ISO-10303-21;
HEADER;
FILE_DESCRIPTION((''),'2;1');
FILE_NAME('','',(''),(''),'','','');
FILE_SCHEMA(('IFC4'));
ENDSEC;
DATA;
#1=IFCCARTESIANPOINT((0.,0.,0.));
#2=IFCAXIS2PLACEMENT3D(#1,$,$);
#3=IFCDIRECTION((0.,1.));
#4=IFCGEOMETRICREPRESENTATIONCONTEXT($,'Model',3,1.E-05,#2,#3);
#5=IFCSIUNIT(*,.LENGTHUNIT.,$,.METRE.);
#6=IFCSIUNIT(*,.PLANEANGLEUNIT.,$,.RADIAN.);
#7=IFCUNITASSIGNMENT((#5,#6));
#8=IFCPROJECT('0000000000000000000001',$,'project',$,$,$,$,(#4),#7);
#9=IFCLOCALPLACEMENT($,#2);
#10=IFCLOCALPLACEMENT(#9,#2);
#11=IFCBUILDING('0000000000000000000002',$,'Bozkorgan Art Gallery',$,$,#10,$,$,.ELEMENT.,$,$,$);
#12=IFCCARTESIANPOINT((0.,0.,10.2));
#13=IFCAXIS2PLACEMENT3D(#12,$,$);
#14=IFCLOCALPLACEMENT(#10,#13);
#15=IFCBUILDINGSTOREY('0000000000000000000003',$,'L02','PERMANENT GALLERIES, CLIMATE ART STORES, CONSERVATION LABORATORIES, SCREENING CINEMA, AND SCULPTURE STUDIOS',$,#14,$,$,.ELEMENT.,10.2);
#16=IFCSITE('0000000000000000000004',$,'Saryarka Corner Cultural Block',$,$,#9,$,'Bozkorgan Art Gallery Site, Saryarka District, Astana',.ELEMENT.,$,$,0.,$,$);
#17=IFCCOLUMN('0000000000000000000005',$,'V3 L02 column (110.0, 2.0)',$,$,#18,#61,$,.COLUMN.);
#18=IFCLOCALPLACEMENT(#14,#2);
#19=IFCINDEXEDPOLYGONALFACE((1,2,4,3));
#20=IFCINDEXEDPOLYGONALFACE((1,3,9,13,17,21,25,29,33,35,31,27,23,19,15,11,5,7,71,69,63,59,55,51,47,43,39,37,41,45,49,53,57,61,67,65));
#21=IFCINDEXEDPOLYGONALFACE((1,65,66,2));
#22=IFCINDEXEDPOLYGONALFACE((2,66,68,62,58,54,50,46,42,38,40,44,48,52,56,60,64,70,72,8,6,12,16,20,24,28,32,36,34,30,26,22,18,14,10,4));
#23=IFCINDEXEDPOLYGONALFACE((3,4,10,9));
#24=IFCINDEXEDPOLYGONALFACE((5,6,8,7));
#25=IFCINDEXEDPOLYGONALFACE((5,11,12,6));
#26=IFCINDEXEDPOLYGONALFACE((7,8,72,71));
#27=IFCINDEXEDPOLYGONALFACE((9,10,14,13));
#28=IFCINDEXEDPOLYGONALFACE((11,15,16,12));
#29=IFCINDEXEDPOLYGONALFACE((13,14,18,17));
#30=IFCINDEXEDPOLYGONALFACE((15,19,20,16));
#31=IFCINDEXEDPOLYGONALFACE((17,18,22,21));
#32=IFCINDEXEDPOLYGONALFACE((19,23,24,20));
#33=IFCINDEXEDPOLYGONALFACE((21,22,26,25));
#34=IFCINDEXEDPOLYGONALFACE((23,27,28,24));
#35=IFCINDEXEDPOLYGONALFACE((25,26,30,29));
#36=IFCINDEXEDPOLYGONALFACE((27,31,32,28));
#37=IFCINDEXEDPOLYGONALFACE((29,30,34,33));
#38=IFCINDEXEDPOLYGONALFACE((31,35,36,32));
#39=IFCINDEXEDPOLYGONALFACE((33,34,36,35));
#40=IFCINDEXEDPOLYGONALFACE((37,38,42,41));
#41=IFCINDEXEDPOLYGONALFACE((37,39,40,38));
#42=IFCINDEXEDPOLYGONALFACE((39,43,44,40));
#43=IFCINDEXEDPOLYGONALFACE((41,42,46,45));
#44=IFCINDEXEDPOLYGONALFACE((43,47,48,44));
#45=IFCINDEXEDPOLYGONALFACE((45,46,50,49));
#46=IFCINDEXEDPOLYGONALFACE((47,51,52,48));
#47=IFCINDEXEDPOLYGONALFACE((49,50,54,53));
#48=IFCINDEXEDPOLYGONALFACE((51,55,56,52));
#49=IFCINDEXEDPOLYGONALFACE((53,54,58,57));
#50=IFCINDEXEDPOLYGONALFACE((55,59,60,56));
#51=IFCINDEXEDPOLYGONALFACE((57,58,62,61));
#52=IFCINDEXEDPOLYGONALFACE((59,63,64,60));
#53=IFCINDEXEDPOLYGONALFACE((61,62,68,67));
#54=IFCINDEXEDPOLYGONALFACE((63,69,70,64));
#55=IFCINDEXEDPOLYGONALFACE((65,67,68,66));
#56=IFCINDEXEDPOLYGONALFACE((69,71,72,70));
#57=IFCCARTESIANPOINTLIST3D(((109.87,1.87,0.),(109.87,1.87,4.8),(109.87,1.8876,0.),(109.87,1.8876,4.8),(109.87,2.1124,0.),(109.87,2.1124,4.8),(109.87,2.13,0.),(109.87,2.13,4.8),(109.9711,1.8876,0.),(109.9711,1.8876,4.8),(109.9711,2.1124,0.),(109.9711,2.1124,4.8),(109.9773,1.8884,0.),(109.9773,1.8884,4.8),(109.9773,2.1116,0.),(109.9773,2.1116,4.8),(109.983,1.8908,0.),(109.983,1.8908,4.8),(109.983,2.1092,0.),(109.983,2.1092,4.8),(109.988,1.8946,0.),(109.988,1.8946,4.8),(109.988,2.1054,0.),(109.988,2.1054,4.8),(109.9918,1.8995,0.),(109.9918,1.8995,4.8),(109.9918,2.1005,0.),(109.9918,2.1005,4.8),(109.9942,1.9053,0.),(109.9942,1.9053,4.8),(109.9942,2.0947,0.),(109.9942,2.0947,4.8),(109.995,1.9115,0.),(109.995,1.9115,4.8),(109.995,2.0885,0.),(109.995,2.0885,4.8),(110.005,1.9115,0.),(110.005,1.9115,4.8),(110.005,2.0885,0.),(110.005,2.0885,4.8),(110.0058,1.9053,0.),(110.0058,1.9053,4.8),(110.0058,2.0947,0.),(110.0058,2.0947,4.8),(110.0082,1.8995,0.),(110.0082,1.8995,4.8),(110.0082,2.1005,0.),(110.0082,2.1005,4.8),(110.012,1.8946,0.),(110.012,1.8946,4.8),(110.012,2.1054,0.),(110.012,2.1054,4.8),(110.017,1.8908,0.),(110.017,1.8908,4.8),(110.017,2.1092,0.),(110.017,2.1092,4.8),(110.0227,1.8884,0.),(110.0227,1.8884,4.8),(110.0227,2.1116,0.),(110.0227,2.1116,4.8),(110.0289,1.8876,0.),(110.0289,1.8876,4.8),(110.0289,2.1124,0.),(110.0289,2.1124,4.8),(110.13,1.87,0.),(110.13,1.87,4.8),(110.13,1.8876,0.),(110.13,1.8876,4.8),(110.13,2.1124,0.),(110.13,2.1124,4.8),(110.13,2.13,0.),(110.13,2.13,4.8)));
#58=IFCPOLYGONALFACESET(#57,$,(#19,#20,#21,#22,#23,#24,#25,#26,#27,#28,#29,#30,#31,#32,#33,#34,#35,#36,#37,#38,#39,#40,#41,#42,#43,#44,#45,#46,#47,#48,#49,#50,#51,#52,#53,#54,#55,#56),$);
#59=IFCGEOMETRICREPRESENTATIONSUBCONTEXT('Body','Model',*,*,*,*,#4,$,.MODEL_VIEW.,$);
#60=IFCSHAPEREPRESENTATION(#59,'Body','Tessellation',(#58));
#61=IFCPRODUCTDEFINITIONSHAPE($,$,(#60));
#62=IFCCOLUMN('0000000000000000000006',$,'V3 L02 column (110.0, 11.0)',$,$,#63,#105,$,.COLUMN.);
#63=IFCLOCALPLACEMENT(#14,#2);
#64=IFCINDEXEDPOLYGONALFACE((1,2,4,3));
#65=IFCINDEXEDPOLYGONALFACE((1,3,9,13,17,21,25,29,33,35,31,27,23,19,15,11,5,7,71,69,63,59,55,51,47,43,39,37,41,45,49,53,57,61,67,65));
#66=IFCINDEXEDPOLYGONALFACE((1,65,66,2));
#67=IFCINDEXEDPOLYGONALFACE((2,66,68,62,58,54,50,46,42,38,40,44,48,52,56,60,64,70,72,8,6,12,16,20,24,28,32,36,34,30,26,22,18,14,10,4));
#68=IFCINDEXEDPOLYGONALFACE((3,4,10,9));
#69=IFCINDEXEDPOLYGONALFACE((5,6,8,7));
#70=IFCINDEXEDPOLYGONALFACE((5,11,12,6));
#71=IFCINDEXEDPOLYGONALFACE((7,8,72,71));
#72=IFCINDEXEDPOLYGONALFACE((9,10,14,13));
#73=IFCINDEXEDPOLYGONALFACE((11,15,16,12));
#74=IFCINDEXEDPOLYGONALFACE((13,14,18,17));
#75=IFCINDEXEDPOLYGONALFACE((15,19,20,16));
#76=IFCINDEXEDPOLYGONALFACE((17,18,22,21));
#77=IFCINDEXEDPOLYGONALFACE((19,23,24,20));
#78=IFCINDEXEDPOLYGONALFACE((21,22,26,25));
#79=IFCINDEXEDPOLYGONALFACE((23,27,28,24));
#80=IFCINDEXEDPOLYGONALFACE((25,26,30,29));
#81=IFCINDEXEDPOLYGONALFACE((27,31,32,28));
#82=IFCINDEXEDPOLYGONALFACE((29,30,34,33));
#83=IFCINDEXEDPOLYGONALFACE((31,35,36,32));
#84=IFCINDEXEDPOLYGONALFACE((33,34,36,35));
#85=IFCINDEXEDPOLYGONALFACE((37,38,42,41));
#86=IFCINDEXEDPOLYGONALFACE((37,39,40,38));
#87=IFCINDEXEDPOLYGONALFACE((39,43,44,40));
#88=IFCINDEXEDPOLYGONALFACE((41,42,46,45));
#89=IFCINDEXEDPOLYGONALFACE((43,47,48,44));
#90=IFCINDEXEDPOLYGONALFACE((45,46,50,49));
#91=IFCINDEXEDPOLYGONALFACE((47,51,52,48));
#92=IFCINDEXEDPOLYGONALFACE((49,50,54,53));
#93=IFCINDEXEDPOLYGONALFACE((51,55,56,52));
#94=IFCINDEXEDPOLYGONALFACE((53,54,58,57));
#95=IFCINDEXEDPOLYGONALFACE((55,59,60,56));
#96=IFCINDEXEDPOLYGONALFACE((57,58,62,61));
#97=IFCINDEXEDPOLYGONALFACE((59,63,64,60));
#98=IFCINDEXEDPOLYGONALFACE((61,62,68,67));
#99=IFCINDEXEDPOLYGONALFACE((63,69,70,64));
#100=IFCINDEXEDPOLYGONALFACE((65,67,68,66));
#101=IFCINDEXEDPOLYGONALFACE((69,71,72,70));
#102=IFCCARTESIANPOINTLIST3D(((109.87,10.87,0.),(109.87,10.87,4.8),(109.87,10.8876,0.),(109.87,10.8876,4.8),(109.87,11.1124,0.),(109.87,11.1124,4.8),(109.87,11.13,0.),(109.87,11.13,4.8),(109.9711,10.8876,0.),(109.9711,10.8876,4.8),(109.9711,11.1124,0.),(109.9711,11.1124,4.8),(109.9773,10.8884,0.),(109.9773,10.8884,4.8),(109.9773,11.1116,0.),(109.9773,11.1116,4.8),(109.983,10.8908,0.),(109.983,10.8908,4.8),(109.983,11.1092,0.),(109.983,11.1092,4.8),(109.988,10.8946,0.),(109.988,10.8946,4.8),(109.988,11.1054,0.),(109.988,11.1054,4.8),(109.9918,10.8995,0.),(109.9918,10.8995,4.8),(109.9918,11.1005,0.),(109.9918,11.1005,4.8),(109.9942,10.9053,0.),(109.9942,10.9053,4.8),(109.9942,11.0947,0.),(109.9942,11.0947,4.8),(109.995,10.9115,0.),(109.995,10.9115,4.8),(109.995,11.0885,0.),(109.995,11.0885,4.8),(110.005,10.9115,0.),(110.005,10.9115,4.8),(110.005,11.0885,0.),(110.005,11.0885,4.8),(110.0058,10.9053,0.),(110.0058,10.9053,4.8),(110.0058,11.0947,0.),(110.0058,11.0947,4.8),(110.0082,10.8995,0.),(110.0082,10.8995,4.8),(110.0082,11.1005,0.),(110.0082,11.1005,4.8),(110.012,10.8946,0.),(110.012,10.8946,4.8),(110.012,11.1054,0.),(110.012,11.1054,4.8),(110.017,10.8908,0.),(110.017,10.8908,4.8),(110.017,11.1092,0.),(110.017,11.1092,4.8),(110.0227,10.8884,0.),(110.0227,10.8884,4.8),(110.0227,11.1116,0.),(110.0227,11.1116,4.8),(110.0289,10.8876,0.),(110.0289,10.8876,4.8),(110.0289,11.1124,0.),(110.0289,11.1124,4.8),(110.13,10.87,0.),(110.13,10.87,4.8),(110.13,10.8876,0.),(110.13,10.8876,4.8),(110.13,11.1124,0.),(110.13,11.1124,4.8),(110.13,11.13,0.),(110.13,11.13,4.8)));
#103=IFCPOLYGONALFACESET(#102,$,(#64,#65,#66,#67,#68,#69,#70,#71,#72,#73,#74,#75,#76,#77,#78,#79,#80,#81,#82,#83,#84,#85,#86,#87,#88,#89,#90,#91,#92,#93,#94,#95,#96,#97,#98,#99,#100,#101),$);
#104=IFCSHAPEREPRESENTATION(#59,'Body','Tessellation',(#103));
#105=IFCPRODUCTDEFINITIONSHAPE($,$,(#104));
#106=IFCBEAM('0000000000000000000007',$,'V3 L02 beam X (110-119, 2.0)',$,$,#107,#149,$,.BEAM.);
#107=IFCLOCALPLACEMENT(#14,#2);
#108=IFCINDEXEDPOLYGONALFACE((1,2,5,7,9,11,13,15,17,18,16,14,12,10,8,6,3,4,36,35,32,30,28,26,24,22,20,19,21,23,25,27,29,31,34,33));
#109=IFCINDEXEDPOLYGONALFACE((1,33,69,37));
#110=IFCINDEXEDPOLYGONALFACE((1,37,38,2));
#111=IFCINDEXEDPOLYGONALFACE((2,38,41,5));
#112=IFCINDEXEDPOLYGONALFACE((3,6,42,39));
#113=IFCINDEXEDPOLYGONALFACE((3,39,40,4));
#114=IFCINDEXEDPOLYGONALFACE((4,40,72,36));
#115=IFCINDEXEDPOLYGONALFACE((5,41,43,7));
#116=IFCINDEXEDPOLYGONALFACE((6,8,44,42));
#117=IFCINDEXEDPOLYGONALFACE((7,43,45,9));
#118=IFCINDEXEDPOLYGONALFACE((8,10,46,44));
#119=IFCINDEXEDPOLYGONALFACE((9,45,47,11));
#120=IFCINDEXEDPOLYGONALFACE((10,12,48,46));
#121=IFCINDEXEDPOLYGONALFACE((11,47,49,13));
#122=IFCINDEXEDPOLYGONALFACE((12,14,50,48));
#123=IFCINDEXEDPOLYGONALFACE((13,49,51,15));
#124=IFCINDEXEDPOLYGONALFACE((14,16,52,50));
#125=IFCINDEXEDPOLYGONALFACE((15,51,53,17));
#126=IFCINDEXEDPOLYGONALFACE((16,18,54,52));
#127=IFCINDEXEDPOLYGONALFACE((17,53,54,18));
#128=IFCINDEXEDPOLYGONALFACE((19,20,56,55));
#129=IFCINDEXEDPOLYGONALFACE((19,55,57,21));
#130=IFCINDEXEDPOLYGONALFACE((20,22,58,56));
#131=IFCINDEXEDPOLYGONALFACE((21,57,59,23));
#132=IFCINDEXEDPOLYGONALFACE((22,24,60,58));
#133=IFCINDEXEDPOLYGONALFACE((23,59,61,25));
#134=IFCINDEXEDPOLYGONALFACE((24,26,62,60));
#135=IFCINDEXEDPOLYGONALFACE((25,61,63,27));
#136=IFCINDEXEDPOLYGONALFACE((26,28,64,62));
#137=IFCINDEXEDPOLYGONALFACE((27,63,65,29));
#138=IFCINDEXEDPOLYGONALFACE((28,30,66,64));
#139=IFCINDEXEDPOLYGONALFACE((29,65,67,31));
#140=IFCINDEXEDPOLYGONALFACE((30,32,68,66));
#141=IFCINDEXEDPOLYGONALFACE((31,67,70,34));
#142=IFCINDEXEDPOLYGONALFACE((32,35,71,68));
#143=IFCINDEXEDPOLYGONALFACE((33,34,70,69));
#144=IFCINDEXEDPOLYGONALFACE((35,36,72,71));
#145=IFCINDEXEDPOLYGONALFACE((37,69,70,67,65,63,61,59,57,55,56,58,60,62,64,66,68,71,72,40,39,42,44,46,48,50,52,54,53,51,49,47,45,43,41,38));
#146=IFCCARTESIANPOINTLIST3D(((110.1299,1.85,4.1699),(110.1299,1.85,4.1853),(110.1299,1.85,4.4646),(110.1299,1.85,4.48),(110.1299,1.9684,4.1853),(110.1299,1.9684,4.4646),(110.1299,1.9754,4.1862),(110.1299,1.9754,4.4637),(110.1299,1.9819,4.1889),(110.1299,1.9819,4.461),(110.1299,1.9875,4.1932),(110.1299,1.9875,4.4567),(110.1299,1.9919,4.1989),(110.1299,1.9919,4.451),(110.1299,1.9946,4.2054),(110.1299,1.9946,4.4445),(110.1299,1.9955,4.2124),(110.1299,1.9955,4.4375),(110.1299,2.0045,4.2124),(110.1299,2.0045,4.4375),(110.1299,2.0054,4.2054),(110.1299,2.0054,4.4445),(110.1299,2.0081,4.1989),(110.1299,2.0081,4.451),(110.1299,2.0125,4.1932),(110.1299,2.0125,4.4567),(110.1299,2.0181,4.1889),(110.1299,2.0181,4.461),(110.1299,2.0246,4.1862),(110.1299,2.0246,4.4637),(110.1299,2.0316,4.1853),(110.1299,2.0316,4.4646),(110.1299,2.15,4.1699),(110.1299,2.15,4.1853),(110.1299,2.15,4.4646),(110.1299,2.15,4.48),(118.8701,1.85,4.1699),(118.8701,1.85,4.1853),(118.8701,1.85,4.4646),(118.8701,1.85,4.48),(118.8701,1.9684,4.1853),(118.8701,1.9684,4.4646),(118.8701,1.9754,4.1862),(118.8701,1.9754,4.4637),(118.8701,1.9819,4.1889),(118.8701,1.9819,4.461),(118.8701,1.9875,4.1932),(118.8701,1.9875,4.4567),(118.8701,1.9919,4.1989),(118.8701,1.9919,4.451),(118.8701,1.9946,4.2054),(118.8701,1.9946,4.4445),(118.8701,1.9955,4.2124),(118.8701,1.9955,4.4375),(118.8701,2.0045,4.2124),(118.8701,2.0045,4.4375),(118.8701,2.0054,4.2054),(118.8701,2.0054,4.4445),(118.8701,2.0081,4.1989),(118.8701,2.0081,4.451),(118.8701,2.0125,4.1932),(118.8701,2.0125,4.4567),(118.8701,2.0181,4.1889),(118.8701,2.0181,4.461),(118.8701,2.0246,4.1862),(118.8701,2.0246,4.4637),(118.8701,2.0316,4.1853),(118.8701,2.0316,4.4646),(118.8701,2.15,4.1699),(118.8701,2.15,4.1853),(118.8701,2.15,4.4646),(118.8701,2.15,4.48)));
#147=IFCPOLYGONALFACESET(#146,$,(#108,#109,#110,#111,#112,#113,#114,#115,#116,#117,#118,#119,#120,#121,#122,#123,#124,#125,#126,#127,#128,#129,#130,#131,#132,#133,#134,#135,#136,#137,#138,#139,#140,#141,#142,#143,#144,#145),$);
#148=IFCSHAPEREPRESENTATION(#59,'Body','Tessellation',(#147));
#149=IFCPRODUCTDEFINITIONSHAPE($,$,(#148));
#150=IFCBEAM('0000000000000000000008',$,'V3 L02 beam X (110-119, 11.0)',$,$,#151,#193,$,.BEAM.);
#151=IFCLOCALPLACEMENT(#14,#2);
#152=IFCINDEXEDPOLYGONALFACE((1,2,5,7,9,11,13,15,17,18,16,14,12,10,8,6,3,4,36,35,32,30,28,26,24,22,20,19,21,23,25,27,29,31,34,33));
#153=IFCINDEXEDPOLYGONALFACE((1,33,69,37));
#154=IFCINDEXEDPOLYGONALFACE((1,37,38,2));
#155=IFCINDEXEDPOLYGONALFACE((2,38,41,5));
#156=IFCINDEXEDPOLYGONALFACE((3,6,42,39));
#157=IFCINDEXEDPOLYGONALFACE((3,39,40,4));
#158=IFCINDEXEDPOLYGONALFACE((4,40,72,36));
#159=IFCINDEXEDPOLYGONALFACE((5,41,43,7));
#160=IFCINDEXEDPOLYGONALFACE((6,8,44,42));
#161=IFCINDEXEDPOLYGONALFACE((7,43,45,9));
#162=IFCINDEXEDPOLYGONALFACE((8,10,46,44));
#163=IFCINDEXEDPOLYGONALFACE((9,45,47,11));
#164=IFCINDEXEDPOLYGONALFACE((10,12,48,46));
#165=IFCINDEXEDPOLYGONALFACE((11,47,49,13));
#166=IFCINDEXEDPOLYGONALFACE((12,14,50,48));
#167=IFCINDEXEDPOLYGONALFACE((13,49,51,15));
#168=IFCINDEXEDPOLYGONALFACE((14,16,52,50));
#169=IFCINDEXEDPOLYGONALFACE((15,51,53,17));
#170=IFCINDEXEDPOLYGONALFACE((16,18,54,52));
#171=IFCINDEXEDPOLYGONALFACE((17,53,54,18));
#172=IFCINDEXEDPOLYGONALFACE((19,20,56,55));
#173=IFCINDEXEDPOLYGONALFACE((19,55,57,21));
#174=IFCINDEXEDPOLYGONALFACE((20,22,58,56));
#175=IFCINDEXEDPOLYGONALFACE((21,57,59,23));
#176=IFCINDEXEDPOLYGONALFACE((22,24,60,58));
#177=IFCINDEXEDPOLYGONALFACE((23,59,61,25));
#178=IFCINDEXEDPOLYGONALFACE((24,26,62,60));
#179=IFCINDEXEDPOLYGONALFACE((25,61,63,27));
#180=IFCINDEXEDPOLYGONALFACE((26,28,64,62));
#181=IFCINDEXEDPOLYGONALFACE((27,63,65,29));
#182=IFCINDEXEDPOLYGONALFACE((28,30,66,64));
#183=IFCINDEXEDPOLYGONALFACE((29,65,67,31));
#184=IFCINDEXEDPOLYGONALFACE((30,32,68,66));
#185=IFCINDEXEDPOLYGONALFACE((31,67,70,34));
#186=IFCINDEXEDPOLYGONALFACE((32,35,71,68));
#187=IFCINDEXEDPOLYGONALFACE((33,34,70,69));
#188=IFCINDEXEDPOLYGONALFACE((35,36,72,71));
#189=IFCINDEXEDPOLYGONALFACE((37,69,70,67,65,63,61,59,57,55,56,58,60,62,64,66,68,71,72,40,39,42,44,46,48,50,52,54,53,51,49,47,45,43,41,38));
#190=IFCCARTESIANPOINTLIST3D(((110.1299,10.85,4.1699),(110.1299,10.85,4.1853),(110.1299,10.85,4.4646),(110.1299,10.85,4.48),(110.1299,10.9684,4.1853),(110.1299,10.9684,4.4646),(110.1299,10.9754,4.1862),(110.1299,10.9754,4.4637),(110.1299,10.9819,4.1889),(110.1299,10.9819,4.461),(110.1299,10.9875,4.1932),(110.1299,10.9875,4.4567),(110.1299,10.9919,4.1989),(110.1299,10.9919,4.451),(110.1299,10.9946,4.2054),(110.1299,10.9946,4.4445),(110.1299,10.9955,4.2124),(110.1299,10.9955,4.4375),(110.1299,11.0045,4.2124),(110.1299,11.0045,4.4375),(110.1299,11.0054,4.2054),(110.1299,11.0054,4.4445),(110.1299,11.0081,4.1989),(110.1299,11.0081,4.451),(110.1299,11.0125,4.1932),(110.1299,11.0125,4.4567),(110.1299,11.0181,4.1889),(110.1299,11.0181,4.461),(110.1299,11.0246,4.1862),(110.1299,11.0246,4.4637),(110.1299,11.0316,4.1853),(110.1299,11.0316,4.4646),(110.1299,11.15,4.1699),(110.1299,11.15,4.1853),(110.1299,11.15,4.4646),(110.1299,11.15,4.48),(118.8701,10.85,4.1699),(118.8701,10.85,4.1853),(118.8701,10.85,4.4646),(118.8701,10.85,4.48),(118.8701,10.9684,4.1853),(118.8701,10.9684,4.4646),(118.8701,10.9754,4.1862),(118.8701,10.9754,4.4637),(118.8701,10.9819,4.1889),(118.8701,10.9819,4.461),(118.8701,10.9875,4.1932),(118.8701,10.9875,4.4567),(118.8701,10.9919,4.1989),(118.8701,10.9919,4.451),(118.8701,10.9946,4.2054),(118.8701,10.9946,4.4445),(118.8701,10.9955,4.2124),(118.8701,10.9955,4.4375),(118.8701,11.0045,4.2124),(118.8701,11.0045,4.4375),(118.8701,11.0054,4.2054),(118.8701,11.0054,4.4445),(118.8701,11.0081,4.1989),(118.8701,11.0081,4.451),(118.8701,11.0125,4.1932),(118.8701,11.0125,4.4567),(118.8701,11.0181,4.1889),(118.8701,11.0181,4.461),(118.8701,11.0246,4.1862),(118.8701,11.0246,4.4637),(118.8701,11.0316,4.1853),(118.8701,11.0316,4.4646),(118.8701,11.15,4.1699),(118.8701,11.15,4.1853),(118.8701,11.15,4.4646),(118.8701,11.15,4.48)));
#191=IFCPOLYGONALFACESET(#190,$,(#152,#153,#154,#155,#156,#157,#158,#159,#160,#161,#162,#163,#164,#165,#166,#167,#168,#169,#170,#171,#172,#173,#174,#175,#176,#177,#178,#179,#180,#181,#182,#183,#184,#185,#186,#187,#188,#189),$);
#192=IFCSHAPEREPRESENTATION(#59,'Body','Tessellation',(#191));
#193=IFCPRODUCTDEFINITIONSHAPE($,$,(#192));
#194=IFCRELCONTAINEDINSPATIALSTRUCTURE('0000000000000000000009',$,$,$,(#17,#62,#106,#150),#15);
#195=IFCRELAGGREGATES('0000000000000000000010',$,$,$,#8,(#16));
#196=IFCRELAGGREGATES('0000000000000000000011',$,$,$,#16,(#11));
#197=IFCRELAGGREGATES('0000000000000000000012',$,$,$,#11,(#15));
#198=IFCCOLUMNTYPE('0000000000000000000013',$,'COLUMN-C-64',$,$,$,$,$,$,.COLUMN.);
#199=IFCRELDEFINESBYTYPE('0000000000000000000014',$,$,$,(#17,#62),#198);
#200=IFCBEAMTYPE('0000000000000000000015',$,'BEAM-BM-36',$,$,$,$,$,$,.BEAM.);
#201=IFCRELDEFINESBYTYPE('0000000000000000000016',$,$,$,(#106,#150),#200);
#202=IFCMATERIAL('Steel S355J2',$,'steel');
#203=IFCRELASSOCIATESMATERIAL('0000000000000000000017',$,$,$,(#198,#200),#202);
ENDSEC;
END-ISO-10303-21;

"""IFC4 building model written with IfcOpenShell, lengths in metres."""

from ifc_helpers import new_model, si_unit, direction, frame, origin, origin_2d, place, context, subcontext, project, spatial, i_section, extrude, material, material_profile, profile_set, type_object, element, save


model = new_model("IFC4")

# Units and contexts
model_context = context("Model", 3, precision=1e-05, world=origin(), true_north=direction((0.0, 1.0)))
body_context = subcontext(model_context, "Body", "Model", "MODEL_VIEW")
ifc_project = project(units=[si_unit("LENGTHUNIT", "METRE"), si_unit("PLANEANGLEUNIT", "RADIAN")], contexts=[model_context])

# Site, building, storey
site_placement = place(None, origin())
site = spatial("IfcSite", under=ifc_project, at=site_placement, Name="Saryarka Corner Cultural Block", LongName="Bozkorgan Art Gallery Site, Saryarka District, Astana", CompositionType="ELEMENT", RefElevation=0.0)
building_placement = place(site_placement, origin())
building = spatial("IfcBuilding", under=site, at=building_placement, Name="Bozkorgan Art Gallery", CompositionType="ELEMENT")
storey_placement = place(building_placement, frame((0.0, 0.0, 10.2)))
storey = spatial("IfcBuildingStorey", under=building, at=storey_placement, Name="L02", Description="PERMANENT GALLERIES, CLIMATE ART STORES, CONSERVATION LABORATORIES, SCREENING CINEMA, AND SCULPTURE STUDIOS", CompositionType="ELEMENT", Elevation=10.2)

# Columns
ifc_material_1 = material(Name="Steel S355J2", Category="steel")
ifc_material_profile_1 = material_profile(ifc_material_1, i_section(OverallWidth=0.26, OverallDepth=0.26, WebThickness=0.01, FlangeThickness=0.0176, FilletRadius=0.0239, at=origin_2d()), Name="HEB 260")
ifc_profile_set_1 = profile_set([ifc_material_profile_1], Name="Steel S355J2")
column_type = type_object("IfcColumnType", Name="COLUMN-C-64", PredefinedType="COLUMN", material=ifc_profile_set_1)
for number, where, z_axis, x_axis, name in (
    (1, (110.0, 2.0, 0.0), (0.0, 0.0, 1.0), (1.0, 0.0, 0.0), "V3 L02 column (110.0, 2.0)"),
    (2, (110.0, 11.0, 0.0), (0.0, 0.0, 1.0), (1.0, 0.0, 0.0), "V3 L02 column (110.0, 11.0)"),
):
    element("IfcColumn", number, at=place(storey_placement, frame(where, z_axis=z_axis, x_axis=x_axis)), inside=storey, type_object=column_type, Name=name, PredefinedType="COLUMN", context=body_context, shape_type="SweptSolid", body=[
        extrude(i_section(OverallWidth=0.26, OverallDepth=0.26, WebThickness=0.01, FlangeThickness=0.0176, FilletRadius=0.0239, at=origin_2d()), origin(), (0.0, 0.0, 1.0), 4.8),
    ])

# Beams
ifc_material_profile_2 = material_profile(ifc_material_1, i_section(OverallWidth=0.3, OverallDepth=0.3101, WebThickness=0.009, FlangeThickness=0.0154, FilletRadius=0.0271, at=origin_2d()), Name="HEA 320")
ifc_profile_set_2 = profile_set([ifc_material_profile_2], Name="Steel S355J2")
beam_type = type_object("IfcBeamType", Name="BEAM-BM-36", PredefinedType="BEAM", material=ifc_profile_set_2)
for number, where, z_axis, x_axis, name in (
    (3, (110.1299, 2.0, 4.325), (1.0, 0.0, 0.0), (0.0, 1.0, 0.0), "V3 L02 beam X (110-119, 2.0)"),
    (4, (110.1299, 11.0, 4.325), (1.0, 0.0, 0.0), (0.0, 1.0, 0.0), "V3 L02 beam X (110-119, 11.0)"),
):
    element("IfcBeam", number, at=place(storey_placement, frame(where, z_axis=z_axis, x_axis=x_axis)), inside=storey, type_object=beam_type, Name=name, PredefinedType="BEAM", context=body_context, shape_type="SweptSolid", body=[
        extrude(i_section(OverallWidth=0.3, OverallDepth=0.3101, WebThickness=0.009, FlangeThickness=0.0154, FilletRadius=0.0271, at=origin_2d()), origin(), (0.0, 0.0, 1.0), 8.7402),
    ])

save(model, "model.ifc")
